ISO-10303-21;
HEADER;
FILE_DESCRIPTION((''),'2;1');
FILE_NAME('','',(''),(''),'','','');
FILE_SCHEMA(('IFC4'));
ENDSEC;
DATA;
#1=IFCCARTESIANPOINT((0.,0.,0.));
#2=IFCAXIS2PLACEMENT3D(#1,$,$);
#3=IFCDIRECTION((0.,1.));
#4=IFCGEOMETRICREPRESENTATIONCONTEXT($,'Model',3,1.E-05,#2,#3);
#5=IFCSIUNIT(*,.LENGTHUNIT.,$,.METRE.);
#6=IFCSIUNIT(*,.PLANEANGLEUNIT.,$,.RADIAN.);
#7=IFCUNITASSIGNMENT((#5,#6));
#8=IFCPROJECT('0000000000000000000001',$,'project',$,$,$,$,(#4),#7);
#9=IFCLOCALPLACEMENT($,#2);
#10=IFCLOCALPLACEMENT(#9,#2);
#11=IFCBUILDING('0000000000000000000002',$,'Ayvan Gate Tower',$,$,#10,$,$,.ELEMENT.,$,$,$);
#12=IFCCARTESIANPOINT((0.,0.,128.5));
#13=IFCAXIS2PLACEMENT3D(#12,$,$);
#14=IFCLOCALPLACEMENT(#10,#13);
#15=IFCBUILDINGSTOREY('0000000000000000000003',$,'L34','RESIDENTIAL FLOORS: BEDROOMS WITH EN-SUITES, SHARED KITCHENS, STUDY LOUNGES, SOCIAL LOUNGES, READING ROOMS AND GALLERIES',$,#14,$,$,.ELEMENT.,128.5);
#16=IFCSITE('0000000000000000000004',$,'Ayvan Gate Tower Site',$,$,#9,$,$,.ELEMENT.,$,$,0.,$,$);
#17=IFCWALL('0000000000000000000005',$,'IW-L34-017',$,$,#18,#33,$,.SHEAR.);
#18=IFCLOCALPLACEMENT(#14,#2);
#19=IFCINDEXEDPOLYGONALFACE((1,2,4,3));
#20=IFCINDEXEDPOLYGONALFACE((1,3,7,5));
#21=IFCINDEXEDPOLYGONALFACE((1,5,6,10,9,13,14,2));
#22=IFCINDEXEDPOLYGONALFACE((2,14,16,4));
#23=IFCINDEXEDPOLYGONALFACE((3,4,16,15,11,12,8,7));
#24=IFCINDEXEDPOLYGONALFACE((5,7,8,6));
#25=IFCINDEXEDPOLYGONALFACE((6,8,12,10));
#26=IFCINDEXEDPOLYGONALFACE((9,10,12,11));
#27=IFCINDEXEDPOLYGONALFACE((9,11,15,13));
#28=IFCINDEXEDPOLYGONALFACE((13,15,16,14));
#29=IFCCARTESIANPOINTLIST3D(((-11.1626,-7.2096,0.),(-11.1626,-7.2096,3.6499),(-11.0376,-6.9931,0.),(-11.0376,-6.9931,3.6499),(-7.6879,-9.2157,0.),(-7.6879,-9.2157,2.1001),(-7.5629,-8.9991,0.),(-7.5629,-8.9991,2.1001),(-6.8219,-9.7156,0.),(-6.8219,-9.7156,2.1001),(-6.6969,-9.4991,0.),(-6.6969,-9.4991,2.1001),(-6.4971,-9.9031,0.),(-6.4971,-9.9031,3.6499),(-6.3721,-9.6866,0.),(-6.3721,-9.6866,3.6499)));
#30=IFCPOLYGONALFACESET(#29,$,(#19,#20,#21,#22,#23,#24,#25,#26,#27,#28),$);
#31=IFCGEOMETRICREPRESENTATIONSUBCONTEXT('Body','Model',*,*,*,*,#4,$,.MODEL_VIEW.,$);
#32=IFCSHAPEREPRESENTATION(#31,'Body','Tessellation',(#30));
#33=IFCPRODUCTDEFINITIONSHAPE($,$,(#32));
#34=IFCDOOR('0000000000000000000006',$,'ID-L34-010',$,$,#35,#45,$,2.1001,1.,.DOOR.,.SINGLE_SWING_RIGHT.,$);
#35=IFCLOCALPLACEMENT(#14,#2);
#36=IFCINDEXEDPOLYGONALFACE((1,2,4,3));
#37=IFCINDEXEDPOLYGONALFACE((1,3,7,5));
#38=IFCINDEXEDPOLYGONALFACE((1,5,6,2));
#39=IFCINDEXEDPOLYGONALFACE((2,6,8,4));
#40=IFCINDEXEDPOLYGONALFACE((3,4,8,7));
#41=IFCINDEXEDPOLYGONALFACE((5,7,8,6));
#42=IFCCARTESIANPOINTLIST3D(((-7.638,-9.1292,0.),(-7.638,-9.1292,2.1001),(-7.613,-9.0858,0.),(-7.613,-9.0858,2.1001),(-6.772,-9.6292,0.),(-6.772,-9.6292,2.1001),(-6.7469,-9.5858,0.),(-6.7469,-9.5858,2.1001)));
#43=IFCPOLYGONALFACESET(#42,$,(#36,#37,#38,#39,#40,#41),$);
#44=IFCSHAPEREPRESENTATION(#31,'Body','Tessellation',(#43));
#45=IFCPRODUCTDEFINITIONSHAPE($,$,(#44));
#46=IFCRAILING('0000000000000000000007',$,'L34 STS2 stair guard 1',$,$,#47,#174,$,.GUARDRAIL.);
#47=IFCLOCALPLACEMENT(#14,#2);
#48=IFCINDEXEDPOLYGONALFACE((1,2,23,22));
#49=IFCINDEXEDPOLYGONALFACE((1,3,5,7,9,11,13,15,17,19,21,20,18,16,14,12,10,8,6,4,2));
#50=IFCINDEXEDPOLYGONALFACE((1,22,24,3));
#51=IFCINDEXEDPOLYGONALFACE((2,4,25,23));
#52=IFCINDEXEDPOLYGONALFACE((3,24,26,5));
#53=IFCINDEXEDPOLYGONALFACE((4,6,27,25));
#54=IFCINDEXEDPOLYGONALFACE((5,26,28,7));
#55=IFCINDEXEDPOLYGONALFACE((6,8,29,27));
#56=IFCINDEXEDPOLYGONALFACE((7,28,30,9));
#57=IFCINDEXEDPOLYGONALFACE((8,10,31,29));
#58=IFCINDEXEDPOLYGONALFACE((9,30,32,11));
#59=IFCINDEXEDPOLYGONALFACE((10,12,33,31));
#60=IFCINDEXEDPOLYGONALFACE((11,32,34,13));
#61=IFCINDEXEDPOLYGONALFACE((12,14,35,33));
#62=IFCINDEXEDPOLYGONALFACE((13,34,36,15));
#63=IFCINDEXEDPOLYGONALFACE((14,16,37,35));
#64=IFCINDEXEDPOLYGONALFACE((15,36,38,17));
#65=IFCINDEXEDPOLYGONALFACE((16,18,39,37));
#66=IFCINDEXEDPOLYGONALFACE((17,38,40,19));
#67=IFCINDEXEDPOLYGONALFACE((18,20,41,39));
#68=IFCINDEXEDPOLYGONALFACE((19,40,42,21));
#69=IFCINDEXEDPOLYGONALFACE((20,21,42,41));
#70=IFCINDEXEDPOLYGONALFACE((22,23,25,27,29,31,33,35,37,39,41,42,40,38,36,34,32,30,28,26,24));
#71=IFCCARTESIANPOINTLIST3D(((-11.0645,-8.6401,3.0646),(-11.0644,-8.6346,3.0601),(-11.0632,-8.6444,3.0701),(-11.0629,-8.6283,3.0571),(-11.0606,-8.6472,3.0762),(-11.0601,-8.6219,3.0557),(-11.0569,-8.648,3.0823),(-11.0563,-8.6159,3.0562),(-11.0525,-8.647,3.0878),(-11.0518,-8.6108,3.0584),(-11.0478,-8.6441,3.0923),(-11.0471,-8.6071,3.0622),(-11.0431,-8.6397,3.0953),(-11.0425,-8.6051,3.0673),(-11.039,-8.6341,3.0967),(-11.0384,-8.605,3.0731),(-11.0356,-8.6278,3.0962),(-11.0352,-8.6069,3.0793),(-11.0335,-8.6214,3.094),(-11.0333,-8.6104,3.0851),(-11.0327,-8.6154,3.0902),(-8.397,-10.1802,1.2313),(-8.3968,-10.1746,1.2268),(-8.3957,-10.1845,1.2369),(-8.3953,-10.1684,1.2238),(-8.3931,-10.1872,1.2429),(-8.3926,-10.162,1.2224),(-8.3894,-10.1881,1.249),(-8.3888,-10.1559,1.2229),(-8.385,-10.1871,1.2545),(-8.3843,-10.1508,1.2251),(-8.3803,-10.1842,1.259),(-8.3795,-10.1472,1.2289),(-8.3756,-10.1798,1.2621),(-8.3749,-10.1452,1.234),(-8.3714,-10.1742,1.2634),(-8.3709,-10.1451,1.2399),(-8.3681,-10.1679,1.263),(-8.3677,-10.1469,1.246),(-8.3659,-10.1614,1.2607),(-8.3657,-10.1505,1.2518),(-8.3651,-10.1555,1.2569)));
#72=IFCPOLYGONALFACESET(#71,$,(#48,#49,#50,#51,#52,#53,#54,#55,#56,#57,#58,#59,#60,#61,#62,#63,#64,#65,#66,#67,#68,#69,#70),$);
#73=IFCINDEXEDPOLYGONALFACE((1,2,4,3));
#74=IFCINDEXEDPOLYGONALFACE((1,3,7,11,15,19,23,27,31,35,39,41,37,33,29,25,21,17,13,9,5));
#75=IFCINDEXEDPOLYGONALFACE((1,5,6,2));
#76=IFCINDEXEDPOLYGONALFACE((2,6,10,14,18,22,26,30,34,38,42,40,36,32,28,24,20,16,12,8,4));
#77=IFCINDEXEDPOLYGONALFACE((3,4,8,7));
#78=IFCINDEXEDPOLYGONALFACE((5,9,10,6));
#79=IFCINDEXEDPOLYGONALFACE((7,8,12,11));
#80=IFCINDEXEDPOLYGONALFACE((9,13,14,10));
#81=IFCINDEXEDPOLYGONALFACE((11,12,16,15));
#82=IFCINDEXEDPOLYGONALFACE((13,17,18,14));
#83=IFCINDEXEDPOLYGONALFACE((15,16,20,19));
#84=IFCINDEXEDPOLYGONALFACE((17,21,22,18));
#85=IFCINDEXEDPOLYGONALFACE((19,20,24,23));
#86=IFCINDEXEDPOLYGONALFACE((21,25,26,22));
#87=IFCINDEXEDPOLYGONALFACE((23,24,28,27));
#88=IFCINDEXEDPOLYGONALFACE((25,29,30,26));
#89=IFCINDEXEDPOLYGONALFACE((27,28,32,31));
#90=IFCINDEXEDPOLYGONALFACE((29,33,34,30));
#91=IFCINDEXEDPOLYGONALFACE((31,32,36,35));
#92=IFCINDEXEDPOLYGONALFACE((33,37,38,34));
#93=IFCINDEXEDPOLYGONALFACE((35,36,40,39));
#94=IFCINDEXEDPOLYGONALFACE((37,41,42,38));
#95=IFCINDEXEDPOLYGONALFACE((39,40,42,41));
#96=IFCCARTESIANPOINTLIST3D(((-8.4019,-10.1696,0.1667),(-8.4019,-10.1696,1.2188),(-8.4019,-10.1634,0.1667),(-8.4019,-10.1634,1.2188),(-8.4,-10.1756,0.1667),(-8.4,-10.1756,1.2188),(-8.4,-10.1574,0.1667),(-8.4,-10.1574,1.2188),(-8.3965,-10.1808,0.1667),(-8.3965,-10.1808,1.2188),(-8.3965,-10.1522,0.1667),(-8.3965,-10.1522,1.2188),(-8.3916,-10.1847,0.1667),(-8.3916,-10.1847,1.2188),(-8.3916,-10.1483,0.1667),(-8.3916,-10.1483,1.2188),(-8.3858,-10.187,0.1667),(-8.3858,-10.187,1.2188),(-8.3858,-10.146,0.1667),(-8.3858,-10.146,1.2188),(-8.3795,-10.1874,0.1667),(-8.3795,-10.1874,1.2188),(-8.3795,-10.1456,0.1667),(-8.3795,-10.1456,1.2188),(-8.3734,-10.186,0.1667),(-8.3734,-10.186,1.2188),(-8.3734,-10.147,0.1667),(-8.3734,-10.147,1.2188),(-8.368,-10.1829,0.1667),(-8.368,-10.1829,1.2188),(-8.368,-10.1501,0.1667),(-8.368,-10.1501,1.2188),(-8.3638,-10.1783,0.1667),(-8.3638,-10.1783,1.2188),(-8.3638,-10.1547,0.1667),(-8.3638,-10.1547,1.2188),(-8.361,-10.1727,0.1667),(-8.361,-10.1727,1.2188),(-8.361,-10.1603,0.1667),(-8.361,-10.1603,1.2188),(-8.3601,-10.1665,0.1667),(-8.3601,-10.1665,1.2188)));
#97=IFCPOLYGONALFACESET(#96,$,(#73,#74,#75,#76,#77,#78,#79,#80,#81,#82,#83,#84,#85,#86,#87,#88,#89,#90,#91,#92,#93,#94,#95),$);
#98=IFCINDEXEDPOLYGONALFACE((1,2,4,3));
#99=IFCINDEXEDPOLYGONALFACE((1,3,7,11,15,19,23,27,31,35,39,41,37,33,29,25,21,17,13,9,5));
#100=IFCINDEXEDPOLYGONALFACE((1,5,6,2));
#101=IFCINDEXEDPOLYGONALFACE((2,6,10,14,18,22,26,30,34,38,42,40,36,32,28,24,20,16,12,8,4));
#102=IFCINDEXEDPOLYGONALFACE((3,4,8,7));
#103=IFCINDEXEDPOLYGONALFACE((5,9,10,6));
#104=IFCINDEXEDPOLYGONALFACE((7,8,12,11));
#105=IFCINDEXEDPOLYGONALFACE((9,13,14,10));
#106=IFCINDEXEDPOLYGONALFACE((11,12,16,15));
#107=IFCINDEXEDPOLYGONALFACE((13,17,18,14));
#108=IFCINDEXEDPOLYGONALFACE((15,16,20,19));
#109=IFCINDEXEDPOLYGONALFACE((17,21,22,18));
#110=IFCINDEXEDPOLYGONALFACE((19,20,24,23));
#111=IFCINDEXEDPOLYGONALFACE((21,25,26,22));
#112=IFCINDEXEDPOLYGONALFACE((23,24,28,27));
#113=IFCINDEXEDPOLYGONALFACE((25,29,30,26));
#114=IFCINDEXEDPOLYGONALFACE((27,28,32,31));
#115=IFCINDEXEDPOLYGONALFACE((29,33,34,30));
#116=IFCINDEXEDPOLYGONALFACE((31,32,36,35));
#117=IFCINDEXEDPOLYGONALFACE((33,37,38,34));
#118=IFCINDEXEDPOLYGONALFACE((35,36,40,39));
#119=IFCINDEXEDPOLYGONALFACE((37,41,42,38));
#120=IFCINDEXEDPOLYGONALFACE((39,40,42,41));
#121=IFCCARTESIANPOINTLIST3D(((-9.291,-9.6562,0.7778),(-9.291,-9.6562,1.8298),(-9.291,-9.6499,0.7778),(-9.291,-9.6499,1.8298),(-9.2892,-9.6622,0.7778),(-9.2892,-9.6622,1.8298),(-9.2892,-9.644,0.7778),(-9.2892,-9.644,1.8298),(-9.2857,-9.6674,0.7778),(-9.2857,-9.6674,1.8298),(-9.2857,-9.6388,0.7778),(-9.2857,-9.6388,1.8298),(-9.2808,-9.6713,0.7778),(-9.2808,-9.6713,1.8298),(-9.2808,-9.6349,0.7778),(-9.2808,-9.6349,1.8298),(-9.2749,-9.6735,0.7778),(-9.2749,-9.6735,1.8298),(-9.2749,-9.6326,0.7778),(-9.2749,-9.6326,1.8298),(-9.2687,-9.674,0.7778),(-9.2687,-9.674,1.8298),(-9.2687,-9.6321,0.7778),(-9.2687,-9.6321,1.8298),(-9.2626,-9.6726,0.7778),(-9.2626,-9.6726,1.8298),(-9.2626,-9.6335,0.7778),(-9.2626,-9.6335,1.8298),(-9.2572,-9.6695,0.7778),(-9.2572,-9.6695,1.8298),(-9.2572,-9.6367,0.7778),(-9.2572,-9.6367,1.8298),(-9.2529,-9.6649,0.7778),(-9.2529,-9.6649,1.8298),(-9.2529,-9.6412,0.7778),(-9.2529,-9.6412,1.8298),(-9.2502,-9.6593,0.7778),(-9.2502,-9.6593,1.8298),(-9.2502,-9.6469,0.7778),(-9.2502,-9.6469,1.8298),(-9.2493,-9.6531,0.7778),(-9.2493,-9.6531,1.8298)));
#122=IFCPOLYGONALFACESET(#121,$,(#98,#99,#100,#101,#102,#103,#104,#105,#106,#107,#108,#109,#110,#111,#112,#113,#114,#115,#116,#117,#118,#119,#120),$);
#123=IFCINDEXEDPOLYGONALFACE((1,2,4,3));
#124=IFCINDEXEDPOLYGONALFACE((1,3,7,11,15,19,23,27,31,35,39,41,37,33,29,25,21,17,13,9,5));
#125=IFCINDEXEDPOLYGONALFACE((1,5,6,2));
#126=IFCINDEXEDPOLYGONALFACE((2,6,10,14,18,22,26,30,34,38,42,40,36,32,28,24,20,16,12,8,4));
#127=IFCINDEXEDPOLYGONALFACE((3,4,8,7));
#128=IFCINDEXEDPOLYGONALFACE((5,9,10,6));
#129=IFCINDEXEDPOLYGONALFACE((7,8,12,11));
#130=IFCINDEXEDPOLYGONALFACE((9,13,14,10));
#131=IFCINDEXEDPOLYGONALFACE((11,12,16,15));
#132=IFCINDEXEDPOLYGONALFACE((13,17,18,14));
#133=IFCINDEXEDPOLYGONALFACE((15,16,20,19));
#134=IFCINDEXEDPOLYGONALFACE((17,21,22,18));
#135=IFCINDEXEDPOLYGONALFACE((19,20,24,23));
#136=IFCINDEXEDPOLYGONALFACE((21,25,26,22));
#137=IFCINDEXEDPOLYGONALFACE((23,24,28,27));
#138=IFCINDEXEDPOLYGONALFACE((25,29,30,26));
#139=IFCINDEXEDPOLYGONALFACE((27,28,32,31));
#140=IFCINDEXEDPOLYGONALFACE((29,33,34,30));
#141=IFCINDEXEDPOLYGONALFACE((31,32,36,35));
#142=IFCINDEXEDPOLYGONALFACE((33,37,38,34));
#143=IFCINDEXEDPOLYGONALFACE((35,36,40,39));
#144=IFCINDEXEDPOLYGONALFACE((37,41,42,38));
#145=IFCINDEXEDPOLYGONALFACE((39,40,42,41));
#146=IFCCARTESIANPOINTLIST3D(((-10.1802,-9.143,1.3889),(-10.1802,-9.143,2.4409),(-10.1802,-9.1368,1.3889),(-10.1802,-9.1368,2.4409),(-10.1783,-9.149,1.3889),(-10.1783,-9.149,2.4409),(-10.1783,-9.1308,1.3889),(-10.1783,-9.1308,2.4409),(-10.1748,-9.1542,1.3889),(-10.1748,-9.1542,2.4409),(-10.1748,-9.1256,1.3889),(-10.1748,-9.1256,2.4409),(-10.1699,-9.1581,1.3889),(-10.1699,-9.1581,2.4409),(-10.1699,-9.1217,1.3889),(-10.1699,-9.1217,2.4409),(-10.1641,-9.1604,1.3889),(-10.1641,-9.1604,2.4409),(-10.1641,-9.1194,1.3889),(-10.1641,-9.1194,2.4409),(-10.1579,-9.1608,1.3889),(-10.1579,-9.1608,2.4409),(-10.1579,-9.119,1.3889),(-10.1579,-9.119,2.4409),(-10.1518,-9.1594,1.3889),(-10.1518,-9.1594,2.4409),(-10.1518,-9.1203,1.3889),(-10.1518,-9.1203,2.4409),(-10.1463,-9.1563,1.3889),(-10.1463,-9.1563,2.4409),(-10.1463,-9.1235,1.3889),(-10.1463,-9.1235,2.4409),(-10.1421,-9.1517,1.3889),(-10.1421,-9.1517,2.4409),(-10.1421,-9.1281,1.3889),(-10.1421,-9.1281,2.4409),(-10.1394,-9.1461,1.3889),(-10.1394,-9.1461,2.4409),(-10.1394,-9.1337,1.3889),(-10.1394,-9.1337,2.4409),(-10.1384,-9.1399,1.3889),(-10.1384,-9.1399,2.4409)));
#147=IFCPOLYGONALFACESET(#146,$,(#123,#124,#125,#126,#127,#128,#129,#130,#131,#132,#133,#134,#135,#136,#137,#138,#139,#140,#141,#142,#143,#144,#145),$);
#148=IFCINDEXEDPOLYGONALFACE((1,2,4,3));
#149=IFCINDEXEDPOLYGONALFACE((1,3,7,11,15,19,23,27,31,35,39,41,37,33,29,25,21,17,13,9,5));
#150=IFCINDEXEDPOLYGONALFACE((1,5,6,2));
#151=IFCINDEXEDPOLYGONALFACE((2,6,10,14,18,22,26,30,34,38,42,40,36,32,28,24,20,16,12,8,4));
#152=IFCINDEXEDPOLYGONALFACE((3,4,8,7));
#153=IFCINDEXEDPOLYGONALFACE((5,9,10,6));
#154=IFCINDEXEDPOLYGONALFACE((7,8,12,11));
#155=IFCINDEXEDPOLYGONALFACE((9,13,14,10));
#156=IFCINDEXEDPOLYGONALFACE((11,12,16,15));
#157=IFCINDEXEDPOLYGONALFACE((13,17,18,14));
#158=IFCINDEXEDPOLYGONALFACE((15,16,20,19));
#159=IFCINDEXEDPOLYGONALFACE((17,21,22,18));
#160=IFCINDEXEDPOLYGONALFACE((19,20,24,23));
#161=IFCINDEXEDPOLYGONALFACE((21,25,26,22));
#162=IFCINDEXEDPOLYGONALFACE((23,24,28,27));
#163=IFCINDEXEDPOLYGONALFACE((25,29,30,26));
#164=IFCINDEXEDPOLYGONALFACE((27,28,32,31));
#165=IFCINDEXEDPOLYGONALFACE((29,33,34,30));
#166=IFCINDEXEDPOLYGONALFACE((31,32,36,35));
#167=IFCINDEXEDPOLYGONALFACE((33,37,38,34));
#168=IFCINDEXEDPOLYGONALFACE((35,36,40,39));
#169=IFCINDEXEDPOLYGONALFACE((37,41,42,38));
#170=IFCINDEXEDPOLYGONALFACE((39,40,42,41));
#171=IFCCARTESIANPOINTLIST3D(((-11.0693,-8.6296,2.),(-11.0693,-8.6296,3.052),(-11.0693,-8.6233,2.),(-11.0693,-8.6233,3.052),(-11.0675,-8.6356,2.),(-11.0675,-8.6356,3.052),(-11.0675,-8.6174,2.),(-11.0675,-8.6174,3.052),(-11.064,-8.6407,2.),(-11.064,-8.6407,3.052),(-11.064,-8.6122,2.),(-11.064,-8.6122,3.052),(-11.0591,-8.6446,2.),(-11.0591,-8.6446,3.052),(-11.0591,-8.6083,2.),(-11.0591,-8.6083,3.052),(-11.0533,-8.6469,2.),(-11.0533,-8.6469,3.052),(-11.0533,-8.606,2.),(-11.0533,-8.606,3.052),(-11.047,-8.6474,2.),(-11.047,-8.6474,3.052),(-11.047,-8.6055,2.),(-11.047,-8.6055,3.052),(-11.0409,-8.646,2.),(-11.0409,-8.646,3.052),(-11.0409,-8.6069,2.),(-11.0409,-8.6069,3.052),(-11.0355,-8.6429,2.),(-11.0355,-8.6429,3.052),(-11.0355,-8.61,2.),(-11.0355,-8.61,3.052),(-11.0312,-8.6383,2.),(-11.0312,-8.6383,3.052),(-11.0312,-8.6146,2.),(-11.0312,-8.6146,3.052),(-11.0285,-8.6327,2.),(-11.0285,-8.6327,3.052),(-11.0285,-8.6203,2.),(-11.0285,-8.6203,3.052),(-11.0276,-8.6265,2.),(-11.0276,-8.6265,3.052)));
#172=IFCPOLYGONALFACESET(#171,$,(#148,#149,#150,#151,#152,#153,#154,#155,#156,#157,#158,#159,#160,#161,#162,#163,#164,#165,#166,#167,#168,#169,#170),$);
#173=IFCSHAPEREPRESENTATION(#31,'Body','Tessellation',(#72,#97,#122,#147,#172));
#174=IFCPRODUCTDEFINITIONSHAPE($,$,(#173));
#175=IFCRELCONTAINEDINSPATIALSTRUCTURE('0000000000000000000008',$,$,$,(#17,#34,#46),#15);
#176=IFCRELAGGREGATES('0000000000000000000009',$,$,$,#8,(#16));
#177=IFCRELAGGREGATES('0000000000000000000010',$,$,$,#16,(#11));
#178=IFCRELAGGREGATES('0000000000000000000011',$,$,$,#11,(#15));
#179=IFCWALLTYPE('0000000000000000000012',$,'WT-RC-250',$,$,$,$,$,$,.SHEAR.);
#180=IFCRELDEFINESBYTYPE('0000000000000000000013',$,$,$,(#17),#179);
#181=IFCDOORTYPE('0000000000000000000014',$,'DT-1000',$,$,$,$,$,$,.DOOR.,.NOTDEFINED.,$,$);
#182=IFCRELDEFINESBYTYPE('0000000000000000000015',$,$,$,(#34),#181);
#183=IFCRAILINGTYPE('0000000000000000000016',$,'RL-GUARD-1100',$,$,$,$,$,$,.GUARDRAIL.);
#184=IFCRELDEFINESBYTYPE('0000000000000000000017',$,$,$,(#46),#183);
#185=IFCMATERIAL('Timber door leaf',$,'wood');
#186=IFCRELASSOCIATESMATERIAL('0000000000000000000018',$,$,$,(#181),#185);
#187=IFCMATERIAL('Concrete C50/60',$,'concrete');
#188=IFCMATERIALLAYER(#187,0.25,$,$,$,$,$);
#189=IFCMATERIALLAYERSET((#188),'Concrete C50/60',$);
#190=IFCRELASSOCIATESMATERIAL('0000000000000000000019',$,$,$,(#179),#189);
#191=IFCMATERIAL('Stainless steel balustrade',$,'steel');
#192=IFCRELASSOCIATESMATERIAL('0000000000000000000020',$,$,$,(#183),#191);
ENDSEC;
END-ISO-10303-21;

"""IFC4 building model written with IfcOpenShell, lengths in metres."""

from ifc_helpers import new_model, si_unit, direction, frame, frame_2d, origin, origin_2d, place, context, subcontext, project, spatial, rectangle, circle, extrude, material, layer, layer_set, type_object, element, fill, save


model = new_model("IFC4")

# Units and contexts
model_context = context("Model", 3, precision=1e-05, world=origin(), true_north=direction((0.0, 1.0)))
body_context = subcontext(model_context, "Body", "Model", "MODEL_VIEW")
ifc_project = project(units=[si_unit("LENGTHUNIT", "METRE"), si_unit("PLANEANGLEUNIT", "RADIAN")], contexts=[model_context])

# Site, building, storey
site_placement = place(None, origin())
site = spatial("IfcSite", under=ifc_project, at=site_placement, Name="Ayvan Gate Tower Site", CompositionType="ELEMENT", RefElevation=0.0)
building_placement = place(site_placement, origin())
building = spatial("IfcBuilding", under=site, at=building_placement, Name="Ayvan Gate Tower", CompositionType="ELEMENT")
storey_placement = place(building_placement, frame((0.0, 0.0, 128.5)))
storey = spatial("IfcBuildingStorey", under=building, at=storey_placement, Name="L34", Description="RESIDENTIAL FLOORS: BEDROOMS WITH EN-SUITES, SHARED KITCHENS, STUDY LOUNGES, SOCIAL LOUNGES, READING ROOMS AND GALLERIES", CompositionType="ELEMENT", Elevation=128.5)

# Shared definitions
ifc_material_1 = material(Name="Timber door leaf", Category="wood")

# Shared definitions
door_type_1 = type_object("IfcDoorType", Name="DT-1000", OperationType="NOTDEFINED", PredefinedType="DOOR", material=ifc_material_1)

# Shared definitions
ifc_material_2 = material(Name="Concrete C50/60", Category="concrete")
ifc_layer_1 = layer(ifc_material_2, 0.25)
ifc_layer_set_1 = layer_set([ifc_layer_1], Name="Concrete C50/60")
wall_type_1 = type_object("IfcWallType", Name="WT-RC-250", PredefinedType="SHEAR", material=ifc_layer_set_1)

# Wall, opening, door
wall_1_placement = place(storey_placement, frame((-11.1001, -7.1013, 0.0), z_axis=(0.0, 0.0, 1.0), x_axis=(0.866029, -0.499994, 0.0)))
wall_1 = element("IfcWall", 1, at=wall_1_placement, inside=storey, type_object=wall_type_1, Name="IW-L34-017", PredefinedType="SHEAR", context=body_context, shape_type="SweptSolid", body=[
    extrude(rectangle(XDim=5.3872, YDim=0.25, at=frame_2d((2.6936, 0.0))), origin(), (0.0, 0.0, 1.0), 3.6499),
])
opening_1_placement = place(wall_1_placement, frame((4.0122, 0.0, 0.0)))
opening_1 = element("IfcOpeningElement", 2, at=opening_1_placement, cuts=wall_1, PredefinedType="OPENING", context=body_context, shape_type="SweptSolid", body=[
    extrude(rectangle(XDim=1.0, YDim=2.1001, at=frame_2d((0.5, 1.05))), frame((0.0, 0.135, 0.0), z_axis=(0.0, -1.0, 0.0), x_axis=(1.0, 0.0, 0.0)), (0.0, 0.0, 1.0), 0.27),
])
door_1_placement = place(opening_1_placement, origin())
door_1 = element("IfcDoor", 3, at=door_1_placement, inside=storey, type_object=door_type_1, Name="ID-L34-010", OperationType="SINGLE_SWING_RIGHT", OverallHeight=2.1001, OverallWidth=1.0, PredefinedType="DOOR", context=body_context, shape_type="SweptSolid", body=[
    extrude(rectangle(XDim=1.0, YDim=2.1001, at=frame_2d((0.5, 1.05))), frame((0.0, 0.0249, 0.0), z_axis=(0.0, -1.0, 0.0), x_axis=(1.0, 0.0, 0.0)), (0.0, 0.0, 1.0), 0.05),
])
fill(opening_1, door_1)

# Railing
ifc_material_3 = material(Name="Stainless steel balustrade", Category="steel")
railing_type_1 = type_object("IfcRailingType", Name="RL-GUARD-1100", PredefinedType="GUARDRAIL", material=ifc_material_3)
railing_1_placement = place(storey_placement, frame((-8.3811, -10.1665, 0.1667)))
element("IfcRailing", 4, at=railing_1_placement, inside=storey, type_object=railing_type_1, Name="L34 STS2 stair guard 1", PredefinedType="GUARDRAIL", context=body_context, shape_type="SweptSolid", body=[
    extrude(circle(Radius=0.0239, at=origin_2d()), frame((0.0, 0.0, 1.0762), z_axis=(-0.74419, 0.429649, 0.511452), x_axis=(-0.499992, -0.86603, 0.0)), (0.0, 0.0, 1.0), 3.5845),
    extrude(circle(Radius=0.021, at=origin_2d()), origin(), (0.0, 0.0, 1.0), 1.052),
    extrude(circle(Radius=0.021, at=origin_2d()), frame((-0.8892, 0.5134, 0.6111)), (0.0, 0.0, 1.0), 1.052),
    extrude(circle(Radius=0.021, at=origin_2d()), frame((-1.7783, 1.0266, 1.2222)), (0.0, 0.0, 1.0), 1.052),
    extrude(circle(Radius=0.021, at=origin_2d()), frame((-2.6675, 1.54, 1.8333)), (0.0, 0.0, 1.0), 1.052),
])

save(model, "model.ifc")
